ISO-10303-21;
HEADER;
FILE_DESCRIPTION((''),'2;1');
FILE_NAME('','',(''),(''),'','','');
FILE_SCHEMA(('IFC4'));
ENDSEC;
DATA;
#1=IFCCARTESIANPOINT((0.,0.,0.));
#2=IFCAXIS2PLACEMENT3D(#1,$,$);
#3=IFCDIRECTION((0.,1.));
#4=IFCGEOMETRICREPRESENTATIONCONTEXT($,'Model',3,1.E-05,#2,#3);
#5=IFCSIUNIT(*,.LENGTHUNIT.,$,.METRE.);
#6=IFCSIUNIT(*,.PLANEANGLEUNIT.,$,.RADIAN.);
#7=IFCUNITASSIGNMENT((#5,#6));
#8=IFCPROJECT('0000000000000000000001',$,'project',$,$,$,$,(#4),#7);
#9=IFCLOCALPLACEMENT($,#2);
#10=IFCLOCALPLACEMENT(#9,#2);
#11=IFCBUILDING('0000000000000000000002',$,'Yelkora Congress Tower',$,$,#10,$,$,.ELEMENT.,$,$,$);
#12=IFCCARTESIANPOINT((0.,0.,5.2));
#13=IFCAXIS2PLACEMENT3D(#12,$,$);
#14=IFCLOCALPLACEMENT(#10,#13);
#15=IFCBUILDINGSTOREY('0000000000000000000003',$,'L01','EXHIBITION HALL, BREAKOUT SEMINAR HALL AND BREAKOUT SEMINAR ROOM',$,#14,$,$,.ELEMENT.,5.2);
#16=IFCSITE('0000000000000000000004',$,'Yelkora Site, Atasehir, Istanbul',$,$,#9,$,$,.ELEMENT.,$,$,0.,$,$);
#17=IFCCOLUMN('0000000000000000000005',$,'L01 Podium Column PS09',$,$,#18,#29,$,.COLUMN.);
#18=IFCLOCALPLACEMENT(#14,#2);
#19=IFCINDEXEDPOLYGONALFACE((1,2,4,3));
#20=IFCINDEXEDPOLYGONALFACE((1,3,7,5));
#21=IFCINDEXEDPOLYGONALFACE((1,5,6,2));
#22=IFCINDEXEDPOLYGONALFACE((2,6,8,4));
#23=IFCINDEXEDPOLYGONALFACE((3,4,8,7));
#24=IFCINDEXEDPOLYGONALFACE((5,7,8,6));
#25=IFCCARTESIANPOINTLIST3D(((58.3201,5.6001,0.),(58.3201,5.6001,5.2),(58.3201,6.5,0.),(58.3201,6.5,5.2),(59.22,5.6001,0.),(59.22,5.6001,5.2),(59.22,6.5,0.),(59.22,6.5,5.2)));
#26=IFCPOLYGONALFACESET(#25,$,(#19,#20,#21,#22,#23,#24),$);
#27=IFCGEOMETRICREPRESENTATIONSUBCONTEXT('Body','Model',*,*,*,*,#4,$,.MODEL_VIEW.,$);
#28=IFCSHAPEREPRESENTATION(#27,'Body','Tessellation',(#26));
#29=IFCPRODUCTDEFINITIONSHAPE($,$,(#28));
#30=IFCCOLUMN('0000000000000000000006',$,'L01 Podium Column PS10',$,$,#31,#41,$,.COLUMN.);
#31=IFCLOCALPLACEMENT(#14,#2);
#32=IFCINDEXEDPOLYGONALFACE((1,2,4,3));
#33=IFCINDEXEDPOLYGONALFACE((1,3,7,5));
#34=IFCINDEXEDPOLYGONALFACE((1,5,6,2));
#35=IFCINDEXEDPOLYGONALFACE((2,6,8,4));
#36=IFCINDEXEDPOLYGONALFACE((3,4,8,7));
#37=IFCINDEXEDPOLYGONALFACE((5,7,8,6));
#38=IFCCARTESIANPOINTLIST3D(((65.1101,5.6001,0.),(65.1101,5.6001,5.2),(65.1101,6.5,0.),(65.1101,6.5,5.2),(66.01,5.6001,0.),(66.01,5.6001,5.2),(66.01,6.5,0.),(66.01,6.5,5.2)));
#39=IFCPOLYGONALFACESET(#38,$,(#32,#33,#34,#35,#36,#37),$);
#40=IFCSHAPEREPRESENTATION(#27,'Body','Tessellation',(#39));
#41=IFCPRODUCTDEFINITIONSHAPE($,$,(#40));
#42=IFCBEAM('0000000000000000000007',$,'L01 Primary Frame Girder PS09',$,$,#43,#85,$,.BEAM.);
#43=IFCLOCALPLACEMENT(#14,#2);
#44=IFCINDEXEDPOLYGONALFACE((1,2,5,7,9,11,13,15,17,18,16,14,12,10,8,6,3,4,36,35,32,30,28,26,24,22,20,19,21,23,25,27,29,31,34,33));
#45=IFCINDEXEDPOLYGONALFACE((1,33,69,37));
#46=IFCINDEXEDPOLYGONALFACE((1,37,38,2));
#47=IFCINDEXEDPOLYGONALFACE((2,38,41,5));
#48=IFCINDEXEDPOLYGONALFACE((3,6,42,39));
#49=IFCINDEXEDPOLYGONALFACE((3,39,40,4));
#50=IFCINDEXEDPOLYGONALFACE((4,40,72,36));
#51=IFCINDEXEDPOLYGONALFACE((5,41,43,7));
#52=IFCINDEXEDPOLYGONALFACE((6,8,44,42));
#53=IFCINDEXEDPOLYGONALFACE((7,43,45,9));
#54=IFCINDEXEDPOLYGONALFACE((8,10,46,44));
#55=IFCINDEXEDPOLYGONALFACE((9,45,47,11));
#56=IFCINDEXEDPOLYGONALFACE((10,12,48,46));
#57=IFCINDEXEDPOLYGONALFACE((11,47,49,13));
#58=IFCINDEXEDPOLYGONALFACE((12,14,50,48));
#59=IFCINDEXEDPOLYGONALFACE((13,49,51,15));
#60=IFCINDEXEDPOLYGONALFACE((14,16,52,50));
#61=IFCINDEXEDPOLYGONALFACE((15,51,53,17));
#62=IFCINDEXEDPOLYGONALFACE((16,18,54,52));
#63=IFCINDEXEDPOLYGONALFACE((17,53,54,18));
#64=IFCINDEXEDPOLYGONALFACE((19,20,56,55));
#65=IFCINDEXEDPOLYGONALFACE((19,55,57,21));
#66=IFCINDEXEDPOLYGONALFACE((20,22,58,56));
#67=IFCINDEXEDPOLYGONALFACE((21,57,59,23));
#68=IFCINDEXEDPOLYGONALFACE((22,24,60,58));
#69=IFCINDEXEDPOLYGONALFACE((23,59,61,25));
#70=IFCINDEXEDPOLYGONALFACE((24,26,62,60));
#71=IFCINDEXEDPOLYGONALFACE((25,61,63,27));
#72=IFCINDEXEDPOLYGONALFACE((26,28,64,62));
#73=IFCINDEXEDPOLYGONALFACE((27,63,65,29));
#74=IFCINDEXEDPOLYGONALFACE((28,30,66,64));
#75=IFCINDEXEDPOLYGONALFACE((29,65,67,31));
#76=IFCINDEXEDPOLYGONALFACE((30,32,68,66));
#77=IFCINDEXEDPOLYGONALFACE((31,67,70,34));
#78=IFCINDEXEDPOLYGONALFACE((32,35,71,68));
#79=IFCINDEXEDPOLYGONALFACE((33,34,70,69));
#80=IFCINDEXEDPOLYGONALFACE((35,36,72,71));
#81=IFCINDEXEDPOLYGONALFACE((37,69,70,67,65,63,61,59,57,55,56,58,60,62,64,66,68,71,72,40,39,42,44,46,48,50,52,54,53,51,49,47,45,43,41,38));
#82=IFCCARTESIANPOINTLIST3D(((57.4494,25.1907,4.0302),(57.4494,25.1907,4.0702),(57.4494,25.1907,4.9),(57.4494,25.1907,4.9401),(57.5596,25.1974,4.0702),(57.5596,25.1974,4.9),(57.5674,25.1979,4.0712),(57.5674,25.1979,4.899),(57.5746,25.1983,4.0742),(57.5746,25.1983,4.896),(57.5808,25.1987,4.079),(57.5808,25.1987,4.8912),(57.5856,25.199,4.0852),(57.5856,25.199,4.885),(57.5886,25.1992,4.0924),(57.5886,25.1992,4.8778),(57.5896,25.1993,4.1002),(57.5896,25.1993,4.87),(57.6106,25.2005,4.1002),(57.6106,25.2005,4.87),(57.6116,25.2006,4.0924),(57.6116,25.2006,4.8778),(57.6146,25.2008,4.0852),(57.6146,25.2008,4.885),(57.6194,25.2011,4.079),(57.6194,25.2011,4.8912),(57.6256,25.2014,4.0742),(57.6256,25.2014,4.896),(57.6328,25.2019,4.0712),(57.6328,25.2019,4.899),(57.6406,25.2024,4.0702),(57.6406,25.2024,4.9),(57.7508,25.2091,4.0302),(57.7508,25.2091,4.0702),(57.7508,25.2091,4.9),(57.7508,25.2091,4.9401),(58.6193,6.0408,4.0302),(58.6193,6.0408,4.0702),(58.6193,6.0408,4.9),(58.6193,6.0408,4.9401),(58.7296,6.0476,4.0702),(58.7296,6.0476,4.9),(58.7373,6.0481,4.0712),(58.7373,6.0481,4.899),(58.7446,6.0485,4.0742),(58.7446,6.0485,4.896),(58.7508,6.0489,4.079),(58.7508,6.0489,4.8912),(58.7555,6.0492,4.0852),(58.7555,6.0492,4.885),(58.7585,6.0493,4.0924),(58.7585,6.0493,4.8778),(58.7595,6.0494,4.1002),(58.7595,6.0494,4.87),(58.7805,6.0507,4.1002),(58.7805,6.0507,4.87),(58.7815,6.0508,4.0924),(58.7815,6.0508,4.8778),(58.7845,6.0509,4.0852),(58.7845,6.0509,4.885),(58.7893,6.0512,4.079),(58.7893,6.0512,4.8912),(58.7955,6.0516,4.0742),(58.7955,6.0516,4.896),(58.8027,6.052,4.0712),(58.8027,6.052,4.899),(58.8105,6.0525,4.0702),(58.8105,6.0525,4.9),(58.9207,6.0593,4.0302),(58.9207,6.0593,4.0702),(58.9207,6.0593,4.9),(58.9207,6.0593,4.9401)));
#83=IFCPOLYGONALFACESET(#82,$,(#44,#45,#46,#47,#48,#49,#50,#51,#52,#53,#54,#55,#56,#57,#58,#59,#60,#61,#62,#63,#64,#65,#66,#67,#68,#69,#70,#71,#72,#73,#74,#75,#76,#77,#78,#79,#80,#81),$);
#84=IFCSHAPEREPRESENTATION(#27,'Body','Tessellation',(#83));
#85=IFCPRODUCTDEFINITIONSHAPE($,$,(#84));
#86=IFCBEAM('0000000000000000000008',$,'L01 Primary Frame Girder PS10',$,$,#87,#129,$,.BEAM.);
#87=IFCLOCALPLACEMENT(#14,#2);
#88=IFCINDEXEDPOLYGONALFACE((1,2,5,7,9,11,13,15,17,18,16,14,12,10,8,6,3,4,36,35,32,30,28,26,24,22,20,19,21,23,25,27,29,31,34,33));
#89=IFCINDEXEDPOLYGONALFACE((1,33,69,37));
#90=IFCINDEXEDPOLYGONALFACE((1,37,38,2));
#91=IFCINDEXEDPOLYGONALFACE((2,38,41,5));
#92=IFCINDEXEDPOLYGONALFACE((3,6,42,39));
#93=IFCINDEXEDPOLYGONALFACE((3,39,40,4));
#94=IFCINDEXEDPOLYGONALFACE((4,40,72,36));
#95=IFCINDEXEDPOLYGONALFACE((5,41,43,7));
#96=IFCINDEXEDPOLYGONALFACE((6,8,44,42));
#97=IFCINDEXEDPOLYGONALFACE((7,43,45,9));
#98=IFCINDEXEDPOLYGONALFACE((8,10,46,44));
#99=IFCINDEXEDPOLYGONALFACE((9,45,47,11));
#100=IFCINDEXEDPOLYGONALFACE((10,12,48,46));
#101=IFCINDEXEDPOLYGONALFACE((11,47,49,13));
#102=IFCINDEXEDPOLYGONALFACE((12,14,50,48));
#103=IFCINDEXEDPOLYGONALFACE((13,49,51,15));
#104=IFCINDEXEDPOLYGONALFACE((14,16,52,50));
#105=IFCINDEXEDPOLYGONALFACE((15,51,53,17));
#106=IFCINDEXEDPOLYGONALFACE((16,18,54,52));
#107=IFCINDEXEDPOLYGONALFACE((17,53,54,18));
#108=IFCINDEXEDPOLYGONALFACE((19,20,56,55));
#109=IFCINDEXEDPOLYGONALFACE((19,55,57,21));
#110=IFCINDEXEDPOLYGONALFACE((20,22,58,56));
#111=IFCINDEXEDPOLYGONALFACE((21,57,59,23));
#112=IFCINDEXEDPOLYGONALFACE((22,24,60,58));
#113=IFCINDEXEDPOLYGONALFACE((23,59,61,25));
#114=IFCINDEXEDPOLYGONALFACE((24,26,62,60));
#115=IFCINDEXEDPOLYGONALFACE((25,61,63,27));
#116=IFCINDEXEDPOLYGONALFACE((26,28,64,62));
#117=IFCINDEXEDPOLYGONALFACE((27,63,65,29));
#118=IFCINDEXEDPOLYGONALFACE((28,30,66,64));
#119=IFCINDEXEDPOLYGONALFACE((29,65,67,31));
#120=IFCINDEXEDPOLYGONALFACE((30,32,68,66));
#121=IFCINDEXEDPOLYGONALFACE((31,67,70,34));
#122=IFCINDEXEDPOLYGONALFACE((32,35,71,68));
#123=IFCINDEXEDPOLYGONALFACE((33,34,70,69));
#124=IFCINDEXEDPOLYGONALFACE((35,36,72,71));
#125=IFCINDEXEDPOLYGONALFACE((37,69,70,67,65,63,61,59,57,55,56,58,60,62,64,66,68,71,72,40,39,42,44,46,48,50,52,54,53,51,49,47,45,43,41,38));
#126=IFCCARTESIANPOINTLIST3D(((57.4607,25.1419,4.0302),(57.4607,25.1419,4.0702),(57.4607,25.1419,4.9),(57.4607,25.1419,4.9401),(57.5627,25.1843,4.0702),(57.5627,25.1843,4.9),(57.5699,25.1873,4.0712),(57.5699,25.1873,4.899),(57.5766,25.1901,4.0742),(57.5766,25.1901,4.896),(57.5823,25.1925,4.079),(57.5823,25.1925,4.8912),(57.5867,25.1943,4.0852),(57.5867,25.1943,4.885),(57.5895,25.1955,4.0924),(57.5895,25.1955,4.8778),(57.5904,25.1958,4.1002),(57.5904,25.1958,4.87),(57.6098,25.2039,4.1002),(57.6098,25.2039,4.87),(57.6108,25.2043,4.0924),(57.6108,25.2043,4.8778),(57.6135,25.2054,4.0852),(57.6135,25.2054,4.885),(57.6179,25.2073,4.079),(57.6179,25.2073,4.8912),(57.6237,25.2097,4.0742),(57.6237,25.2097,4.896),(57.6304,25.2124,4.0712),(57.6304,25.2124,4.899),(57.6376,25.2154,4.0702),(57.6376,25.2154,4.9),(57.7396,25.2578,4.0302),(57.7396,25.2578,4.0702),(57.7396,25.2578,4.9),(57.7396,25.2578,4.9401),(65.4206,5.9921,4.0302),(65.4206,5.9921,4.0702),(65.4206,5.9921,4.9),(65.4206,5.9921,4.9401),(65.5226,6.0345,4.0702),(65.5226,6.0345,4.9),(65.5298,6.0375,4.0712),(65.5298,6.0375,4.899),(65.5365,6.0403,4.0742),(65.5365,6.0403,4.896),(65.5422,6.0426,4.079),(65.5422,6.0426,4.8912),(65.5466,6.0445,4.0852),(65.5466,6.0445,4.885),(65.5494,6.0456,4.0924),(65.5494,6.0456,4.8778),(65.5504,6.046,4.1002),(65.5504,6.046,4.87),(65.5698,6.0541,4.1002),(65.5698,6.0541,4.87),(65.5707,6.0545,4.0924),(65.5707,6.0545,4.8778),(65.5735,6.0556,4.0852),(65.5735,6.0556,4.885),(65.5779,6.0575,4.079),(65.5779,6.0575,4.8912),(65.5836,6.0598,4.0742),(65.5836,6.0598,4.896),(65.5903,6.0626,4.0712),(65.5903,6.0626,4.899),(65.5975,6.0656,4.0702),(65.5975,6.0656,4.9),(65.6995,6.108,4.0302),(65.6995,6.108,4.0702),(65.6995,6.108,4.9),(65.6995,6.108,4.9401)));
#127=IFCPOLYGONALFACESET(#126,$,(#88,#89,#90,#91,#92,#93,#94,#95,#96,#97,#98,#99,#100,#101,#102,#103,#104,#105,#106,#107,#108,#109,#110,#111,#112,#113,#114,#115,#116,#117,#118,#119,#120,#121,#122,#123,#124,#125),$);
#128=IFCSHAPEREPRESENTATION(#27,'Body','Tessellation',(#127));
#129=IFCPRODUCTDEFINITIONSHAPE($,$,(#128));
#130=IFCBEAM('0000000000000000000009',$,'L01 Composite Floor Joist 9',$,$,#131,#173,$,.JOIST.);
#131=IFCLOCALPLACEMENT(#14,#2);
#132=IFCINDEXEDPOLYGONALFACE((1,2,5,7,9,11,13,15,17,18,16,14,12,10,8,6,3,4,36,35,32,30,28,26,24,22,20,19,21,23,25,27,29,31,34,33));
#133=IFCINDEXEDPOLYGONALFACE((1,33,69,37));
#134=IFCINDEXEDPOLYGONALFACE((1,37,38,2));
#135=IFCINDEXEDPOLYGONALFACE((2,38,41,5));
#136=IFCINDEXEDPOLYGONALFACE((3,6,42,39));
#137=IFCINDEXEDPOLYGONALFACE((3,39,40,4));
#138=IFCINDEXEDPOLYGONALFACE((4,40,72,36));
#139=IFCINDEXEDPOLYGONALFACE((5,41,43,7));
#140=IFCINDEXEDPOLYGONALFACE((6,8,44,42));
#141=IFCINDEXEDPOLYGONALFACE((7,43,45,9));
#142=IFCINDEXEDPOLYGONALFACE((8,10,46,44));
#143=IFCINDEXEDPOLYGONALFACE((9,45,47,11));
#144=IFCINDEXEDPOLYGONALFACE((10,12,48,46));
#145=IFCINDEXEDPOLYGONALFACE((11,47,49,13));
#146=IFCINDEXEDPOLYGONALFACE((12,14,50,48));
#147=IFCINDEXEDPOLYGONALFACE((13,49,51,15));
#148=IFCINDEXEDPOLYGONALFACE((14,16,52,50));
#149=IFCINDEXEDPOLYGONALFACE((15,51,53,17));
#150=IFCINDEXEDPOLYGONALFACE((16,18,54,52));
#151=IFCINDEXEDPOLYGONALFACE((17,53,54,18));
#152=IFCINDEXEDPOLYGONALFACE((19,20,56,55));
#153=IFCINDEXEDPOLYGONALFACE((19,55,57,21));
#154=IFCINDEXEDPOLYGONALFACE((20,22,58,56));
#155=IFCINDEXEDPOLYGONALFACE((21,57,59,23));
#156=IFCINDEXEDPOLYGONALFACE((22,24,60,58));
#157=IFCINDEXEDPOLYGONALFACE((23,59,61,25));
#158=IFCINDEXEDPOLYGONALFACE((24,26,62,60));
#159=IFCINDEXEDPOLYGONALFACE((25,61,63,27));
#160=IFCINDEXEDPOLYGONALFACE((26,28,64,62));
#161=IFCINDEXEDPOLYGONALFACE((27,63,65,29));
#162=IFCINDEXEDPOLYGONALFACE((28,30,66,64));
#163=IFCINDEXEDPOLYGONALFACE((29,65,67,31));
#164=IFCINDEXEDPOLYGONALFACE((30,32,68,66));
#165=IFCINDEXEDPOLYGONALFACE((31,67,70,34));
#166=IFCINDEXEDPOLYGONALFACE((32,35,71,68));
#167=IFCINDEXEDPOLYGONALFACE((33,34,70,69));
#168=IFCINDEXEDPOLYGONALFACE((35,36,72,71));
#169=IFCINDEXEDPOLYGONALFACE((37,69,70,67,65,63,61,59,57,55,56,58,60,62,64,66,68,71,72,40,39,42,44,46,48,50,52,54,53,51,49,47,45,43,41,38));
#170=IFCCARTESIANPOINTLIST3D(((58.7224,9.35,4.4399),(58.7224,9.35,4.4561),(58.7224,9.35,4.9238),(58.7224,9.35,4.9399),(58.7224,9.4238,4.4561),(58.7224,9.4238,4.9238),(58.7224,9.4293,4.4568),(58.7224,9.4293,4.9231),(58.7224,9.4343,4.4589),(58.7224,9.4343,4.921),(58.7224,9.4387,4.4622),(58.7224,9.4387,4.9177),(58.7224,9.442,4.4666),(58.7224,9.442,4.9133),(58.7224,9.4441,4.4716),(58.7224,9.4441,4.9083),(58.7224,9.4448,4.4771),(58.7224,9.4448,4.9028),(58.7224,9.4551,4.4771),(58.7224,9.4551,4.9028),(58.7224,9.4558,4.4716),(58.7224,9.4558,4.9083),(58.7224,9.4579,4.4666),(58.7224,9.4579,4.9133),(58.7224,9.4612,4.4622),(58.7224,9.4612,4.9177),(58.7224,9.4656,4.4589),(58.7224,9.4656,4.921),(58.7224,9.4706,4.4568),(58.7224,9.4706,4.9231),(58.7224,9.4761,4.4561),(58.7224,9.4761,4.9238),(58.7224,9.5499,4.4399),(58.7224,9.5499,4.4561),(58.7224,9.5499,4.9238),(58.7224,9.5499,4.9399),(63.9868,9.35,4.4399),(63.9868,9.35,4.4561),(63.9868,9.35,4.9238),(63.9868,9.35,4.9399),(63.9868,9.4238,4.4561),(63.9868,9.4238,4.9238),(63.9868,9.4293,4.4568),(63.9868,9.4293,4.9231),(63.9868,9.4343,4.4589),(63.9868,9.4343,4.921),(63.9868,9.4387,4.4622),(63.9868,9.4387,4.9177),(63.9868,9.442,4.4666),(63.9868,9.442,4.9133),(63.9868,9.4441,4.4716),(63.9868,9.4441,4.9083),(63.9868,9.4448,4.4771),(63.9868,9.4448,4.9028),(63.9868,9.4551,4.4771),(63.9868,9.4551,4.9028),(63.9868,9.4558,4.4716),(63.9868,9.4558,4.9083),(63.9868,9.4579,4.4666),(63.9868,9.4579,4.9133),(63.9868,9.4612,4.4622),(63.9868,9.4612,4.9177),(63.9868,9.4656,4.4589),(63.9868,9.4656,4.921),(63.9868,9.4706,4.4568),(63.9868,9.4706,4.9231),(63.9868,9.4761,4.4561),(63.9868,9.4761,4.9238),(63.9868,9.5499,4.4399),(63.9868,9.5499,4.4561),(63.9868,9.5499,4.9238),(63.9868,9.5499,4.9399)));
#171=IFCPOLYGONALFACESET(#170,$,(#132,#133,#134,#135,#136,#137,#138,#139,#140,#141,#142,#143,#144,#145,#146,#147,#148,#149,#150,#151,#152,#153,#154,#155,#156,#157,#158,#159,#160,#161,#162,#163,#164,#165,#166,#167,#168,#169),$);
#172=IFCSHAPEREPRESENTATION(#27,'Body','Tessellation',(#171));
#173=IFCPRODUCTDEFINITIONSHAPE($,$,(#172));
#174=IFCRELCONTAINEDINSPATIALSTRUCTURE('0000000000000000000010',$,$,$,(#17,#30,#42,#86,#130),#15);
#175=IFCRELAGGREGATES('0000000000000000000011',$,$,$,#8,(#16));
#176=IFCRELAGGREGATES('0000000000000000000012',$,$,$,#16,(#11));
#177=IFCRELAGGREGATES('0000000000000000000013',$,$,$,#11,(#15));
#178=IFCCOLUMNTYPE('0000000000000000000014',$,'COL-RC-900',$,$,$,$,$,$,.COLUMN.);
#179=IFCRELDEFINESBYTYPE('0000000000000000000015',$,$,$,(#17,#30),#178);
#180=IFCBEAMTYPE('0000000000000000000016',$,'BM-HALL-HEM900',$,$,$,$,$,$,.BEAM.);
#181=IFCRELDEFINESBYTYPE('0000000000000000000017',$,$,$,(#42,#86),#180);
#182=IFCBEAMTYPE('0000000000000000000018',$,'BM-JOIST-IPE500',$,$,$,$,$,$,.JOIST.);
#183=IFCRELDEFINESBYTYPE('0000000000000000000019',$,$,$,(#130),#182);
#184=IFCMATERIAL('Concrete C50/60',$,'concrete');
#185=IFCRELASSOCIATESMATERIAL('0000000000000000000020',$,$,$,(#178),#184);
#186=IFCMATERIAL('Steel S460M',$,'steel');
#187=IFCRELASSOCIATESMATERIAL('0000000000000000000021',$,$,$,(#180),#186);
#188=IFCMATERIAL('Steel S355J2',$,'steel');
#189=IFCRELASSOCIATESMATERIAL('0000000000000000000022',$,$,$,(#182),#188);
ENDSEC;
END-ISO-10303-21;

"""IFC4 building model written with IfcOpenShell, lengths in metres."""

from ifc_helpers import new_model, si_unit, direction, frame, origin, origin_2d, place, context, subcontext, project, spatial, rectangle, i_section, extrude, material, material_profile, profile_set, type_object, element, save


model = new_model("IFC4")

# Units and contexts
model_context = context("Model", 3, precision=1e-05, world=origin(), true_north=direction((0.0, 1.0)))
body_context = subcontext(model_context, "Body", "Model", "MODEL_VIEW")
ifc_project = project(units=[si_unit("LENGTHUNIT", "METRE"), si_unit("PLANEANGLEUNIT", "RADIAN")], contexts=[model_context])

# Site, building, storey
site_placement = place(None, origin())
site = spatial("IfcSite", under=ifc_project, at=site_placement, Name="Yelkora Site, Atasehir, Istanbul", CompositionType="ELEMENT", RefElevation=0.0)
building_placement = place(site_placement, origin())
building = spatial("IfcBuilding", under=site, at=building_placement, Name="Yelkora Congress Tower", CompositionType="ELEMENT")
storey_placement = place(building_placement, frame((0.0, 0.0, 5.2)))
storey = spatial("IfcBuildingStorey", under=building, at=storey_placement, Name="L01", Description="EXHIBITION HALL, BREAKOUT SEMINAR HALL AND BREAKOUT SEMINAR ROOM", CompositionType="ELEMENT", Elevation=5.2)

# Columns
ifc_material_1 = material(Name="Concrete C50/60", Category="concrete")
ifc_material_profile_1 = material_profile(ifc_material_1, rectangle(XDim=0.8999, YDim=0.8999, at=origin_2d()), Name="RC 900x900")
ifc_profile_set_1 = profile_set([ifc_material_profile_1], Name="Concrete C50/60")
column_type = type_object("IfcColumnType", Name="COL-RC-900", PredefinedType="COLUMN", material=ifc_profile_set_1)
for number, where, z_axis, x_axis, name in (
    (1, (58.77, 6.05, 0.0), (0.0, 0.0, 1.0), (1.0, 0.0, 0.0), "L01 Podium Column PS09"),
    (2, (65.5601, 6.05, 0.0), (0.0, 0.0, 1.0), (1.0, 0.0, 0.0), "L01 Podium Column PS10"),
):
    element("IfcColumn", number, at=place(storey_placement, frame(where, z_axis=z_axis, x_axis=x_axis)), inside=storey, type_object=column_type, Name=name, PredefinedType="COLUMN", context=body_context, shape_type="SweptSolid", body=[
        extrude(rectangle(XDim=0.8999, YDim=0.8999, at=origin_2d()), origin(), (0.0, 0.0, 1.0), 5.2),
    ])

# Beams
ifc_material_2 = material(Name="Steel S460M", Category="steel")
ifc_material_profile_2 = material_profile(ifc_material_2, i_section(OverallWidth=0.302, OverallDepth=0.9099, WebThickness=0.021, FlangeThickness=0.04, FilletRadius=0.03, at=origin_2d()), Name="HEM 900")
ifc_profile_set_2 = profile_set([ifc_material_profile_2], Name="Steel S460M")
beam_type_1 = type_object("IfcBeamType", Name="BM-HALL-HEM900", PredefinedType="BEAM", material=ifc_profile_set_2)
beam_1_placement = place(storey_placement, frame((58.77, 6.05, 4.4851), z_axis=(-0.060979, 0.998139, 0.0), x_axis=(-0.998139, -0.060979, 0.0)))
element("IfcBeam", 3, at=beam_1_placement, inside=storey, type_object=beam_type_1, Name="L01 Primary Frame Girder PS09", PredefinedType="BEAM", context=body_context, shape_type="SweptSolid", body=[
    extrude(i_section(OverallWidth=0.302, OverallDepth=0.9099, WebThickness=0.021, FlangeThickness=0.04, FilletRadius=0.03, at=origin_2d()), origin(), (0.0, 0.0, 1.0), 19.1855),
])
beam_2_placement = place(storey_placement, frame((65.5601, 6.05, 4.4851), z_axis=(-0.383828, 0.923405, 0.0), x_axis=(-0.923405, -0.383828, 0.0)))
element("IfcBeam", 4, at=beam_2_placement, inside=storey, type_object=beam_type_1, Name="L01 Primary Frame Girder PS10", PredefinedType="BEAM", context=body_context, shape_type="SweptSolid", body=[
    extrude(i_section(OverallWidth=0.302, OverallDepth=0.9099, WebThickness=0.021, FlangeThickness=0.04, FilletRadius=0.03, at=origin_2d()), origin(), (0.0, 0.0, 1.0), 20.7383),
])
ifc_material_3 = material(Name="Steel S355J2", Category="steel")
ifc_material_profile_3 = material_profile(ifc_material_3, i_section(OverallWidth=0.2, OverallDepth=0.5, WebThickness=0.0103, FlangeThickness=0.0161, FilletRadius=0.021, at=origin_2d()), Name="IPE 500")
ifc_profile_set_3 = profile_set([ifc_material_profile_3], Name="Steel S355J2")
beam_type_2 = type_object("IfcBeamType", Name="BM-JOIST-IPE500", PredefinedType="JOIST", material=ifc_profile_set_3)
beam_3_placement = place(storey_placement, frame((58.7224, 9.45, 4.6899), z_axis=(1.0, 0.0, 0.0), x_axis=(0.0, 1.0, 0.0)))
element("IfcBeam", 5, at=beam_3_placement, inside=storey, type_object=beam_type_2, Name="L01 Composite Floor Joist 9", PredefinedType="JOIST", context=body_context, shape_type="SweptSolid", body=[
    extrude(i_section(OverallWidth=0.2, OverallDepth=0.5, WebThickness=0.0103, FlangeThickness=0.0161, FilletRadius=0.021, at=origin_2d()), origin(), (0.0, 0.0, 1.0), 5.2644),
])

save(model, "model.ifc")
